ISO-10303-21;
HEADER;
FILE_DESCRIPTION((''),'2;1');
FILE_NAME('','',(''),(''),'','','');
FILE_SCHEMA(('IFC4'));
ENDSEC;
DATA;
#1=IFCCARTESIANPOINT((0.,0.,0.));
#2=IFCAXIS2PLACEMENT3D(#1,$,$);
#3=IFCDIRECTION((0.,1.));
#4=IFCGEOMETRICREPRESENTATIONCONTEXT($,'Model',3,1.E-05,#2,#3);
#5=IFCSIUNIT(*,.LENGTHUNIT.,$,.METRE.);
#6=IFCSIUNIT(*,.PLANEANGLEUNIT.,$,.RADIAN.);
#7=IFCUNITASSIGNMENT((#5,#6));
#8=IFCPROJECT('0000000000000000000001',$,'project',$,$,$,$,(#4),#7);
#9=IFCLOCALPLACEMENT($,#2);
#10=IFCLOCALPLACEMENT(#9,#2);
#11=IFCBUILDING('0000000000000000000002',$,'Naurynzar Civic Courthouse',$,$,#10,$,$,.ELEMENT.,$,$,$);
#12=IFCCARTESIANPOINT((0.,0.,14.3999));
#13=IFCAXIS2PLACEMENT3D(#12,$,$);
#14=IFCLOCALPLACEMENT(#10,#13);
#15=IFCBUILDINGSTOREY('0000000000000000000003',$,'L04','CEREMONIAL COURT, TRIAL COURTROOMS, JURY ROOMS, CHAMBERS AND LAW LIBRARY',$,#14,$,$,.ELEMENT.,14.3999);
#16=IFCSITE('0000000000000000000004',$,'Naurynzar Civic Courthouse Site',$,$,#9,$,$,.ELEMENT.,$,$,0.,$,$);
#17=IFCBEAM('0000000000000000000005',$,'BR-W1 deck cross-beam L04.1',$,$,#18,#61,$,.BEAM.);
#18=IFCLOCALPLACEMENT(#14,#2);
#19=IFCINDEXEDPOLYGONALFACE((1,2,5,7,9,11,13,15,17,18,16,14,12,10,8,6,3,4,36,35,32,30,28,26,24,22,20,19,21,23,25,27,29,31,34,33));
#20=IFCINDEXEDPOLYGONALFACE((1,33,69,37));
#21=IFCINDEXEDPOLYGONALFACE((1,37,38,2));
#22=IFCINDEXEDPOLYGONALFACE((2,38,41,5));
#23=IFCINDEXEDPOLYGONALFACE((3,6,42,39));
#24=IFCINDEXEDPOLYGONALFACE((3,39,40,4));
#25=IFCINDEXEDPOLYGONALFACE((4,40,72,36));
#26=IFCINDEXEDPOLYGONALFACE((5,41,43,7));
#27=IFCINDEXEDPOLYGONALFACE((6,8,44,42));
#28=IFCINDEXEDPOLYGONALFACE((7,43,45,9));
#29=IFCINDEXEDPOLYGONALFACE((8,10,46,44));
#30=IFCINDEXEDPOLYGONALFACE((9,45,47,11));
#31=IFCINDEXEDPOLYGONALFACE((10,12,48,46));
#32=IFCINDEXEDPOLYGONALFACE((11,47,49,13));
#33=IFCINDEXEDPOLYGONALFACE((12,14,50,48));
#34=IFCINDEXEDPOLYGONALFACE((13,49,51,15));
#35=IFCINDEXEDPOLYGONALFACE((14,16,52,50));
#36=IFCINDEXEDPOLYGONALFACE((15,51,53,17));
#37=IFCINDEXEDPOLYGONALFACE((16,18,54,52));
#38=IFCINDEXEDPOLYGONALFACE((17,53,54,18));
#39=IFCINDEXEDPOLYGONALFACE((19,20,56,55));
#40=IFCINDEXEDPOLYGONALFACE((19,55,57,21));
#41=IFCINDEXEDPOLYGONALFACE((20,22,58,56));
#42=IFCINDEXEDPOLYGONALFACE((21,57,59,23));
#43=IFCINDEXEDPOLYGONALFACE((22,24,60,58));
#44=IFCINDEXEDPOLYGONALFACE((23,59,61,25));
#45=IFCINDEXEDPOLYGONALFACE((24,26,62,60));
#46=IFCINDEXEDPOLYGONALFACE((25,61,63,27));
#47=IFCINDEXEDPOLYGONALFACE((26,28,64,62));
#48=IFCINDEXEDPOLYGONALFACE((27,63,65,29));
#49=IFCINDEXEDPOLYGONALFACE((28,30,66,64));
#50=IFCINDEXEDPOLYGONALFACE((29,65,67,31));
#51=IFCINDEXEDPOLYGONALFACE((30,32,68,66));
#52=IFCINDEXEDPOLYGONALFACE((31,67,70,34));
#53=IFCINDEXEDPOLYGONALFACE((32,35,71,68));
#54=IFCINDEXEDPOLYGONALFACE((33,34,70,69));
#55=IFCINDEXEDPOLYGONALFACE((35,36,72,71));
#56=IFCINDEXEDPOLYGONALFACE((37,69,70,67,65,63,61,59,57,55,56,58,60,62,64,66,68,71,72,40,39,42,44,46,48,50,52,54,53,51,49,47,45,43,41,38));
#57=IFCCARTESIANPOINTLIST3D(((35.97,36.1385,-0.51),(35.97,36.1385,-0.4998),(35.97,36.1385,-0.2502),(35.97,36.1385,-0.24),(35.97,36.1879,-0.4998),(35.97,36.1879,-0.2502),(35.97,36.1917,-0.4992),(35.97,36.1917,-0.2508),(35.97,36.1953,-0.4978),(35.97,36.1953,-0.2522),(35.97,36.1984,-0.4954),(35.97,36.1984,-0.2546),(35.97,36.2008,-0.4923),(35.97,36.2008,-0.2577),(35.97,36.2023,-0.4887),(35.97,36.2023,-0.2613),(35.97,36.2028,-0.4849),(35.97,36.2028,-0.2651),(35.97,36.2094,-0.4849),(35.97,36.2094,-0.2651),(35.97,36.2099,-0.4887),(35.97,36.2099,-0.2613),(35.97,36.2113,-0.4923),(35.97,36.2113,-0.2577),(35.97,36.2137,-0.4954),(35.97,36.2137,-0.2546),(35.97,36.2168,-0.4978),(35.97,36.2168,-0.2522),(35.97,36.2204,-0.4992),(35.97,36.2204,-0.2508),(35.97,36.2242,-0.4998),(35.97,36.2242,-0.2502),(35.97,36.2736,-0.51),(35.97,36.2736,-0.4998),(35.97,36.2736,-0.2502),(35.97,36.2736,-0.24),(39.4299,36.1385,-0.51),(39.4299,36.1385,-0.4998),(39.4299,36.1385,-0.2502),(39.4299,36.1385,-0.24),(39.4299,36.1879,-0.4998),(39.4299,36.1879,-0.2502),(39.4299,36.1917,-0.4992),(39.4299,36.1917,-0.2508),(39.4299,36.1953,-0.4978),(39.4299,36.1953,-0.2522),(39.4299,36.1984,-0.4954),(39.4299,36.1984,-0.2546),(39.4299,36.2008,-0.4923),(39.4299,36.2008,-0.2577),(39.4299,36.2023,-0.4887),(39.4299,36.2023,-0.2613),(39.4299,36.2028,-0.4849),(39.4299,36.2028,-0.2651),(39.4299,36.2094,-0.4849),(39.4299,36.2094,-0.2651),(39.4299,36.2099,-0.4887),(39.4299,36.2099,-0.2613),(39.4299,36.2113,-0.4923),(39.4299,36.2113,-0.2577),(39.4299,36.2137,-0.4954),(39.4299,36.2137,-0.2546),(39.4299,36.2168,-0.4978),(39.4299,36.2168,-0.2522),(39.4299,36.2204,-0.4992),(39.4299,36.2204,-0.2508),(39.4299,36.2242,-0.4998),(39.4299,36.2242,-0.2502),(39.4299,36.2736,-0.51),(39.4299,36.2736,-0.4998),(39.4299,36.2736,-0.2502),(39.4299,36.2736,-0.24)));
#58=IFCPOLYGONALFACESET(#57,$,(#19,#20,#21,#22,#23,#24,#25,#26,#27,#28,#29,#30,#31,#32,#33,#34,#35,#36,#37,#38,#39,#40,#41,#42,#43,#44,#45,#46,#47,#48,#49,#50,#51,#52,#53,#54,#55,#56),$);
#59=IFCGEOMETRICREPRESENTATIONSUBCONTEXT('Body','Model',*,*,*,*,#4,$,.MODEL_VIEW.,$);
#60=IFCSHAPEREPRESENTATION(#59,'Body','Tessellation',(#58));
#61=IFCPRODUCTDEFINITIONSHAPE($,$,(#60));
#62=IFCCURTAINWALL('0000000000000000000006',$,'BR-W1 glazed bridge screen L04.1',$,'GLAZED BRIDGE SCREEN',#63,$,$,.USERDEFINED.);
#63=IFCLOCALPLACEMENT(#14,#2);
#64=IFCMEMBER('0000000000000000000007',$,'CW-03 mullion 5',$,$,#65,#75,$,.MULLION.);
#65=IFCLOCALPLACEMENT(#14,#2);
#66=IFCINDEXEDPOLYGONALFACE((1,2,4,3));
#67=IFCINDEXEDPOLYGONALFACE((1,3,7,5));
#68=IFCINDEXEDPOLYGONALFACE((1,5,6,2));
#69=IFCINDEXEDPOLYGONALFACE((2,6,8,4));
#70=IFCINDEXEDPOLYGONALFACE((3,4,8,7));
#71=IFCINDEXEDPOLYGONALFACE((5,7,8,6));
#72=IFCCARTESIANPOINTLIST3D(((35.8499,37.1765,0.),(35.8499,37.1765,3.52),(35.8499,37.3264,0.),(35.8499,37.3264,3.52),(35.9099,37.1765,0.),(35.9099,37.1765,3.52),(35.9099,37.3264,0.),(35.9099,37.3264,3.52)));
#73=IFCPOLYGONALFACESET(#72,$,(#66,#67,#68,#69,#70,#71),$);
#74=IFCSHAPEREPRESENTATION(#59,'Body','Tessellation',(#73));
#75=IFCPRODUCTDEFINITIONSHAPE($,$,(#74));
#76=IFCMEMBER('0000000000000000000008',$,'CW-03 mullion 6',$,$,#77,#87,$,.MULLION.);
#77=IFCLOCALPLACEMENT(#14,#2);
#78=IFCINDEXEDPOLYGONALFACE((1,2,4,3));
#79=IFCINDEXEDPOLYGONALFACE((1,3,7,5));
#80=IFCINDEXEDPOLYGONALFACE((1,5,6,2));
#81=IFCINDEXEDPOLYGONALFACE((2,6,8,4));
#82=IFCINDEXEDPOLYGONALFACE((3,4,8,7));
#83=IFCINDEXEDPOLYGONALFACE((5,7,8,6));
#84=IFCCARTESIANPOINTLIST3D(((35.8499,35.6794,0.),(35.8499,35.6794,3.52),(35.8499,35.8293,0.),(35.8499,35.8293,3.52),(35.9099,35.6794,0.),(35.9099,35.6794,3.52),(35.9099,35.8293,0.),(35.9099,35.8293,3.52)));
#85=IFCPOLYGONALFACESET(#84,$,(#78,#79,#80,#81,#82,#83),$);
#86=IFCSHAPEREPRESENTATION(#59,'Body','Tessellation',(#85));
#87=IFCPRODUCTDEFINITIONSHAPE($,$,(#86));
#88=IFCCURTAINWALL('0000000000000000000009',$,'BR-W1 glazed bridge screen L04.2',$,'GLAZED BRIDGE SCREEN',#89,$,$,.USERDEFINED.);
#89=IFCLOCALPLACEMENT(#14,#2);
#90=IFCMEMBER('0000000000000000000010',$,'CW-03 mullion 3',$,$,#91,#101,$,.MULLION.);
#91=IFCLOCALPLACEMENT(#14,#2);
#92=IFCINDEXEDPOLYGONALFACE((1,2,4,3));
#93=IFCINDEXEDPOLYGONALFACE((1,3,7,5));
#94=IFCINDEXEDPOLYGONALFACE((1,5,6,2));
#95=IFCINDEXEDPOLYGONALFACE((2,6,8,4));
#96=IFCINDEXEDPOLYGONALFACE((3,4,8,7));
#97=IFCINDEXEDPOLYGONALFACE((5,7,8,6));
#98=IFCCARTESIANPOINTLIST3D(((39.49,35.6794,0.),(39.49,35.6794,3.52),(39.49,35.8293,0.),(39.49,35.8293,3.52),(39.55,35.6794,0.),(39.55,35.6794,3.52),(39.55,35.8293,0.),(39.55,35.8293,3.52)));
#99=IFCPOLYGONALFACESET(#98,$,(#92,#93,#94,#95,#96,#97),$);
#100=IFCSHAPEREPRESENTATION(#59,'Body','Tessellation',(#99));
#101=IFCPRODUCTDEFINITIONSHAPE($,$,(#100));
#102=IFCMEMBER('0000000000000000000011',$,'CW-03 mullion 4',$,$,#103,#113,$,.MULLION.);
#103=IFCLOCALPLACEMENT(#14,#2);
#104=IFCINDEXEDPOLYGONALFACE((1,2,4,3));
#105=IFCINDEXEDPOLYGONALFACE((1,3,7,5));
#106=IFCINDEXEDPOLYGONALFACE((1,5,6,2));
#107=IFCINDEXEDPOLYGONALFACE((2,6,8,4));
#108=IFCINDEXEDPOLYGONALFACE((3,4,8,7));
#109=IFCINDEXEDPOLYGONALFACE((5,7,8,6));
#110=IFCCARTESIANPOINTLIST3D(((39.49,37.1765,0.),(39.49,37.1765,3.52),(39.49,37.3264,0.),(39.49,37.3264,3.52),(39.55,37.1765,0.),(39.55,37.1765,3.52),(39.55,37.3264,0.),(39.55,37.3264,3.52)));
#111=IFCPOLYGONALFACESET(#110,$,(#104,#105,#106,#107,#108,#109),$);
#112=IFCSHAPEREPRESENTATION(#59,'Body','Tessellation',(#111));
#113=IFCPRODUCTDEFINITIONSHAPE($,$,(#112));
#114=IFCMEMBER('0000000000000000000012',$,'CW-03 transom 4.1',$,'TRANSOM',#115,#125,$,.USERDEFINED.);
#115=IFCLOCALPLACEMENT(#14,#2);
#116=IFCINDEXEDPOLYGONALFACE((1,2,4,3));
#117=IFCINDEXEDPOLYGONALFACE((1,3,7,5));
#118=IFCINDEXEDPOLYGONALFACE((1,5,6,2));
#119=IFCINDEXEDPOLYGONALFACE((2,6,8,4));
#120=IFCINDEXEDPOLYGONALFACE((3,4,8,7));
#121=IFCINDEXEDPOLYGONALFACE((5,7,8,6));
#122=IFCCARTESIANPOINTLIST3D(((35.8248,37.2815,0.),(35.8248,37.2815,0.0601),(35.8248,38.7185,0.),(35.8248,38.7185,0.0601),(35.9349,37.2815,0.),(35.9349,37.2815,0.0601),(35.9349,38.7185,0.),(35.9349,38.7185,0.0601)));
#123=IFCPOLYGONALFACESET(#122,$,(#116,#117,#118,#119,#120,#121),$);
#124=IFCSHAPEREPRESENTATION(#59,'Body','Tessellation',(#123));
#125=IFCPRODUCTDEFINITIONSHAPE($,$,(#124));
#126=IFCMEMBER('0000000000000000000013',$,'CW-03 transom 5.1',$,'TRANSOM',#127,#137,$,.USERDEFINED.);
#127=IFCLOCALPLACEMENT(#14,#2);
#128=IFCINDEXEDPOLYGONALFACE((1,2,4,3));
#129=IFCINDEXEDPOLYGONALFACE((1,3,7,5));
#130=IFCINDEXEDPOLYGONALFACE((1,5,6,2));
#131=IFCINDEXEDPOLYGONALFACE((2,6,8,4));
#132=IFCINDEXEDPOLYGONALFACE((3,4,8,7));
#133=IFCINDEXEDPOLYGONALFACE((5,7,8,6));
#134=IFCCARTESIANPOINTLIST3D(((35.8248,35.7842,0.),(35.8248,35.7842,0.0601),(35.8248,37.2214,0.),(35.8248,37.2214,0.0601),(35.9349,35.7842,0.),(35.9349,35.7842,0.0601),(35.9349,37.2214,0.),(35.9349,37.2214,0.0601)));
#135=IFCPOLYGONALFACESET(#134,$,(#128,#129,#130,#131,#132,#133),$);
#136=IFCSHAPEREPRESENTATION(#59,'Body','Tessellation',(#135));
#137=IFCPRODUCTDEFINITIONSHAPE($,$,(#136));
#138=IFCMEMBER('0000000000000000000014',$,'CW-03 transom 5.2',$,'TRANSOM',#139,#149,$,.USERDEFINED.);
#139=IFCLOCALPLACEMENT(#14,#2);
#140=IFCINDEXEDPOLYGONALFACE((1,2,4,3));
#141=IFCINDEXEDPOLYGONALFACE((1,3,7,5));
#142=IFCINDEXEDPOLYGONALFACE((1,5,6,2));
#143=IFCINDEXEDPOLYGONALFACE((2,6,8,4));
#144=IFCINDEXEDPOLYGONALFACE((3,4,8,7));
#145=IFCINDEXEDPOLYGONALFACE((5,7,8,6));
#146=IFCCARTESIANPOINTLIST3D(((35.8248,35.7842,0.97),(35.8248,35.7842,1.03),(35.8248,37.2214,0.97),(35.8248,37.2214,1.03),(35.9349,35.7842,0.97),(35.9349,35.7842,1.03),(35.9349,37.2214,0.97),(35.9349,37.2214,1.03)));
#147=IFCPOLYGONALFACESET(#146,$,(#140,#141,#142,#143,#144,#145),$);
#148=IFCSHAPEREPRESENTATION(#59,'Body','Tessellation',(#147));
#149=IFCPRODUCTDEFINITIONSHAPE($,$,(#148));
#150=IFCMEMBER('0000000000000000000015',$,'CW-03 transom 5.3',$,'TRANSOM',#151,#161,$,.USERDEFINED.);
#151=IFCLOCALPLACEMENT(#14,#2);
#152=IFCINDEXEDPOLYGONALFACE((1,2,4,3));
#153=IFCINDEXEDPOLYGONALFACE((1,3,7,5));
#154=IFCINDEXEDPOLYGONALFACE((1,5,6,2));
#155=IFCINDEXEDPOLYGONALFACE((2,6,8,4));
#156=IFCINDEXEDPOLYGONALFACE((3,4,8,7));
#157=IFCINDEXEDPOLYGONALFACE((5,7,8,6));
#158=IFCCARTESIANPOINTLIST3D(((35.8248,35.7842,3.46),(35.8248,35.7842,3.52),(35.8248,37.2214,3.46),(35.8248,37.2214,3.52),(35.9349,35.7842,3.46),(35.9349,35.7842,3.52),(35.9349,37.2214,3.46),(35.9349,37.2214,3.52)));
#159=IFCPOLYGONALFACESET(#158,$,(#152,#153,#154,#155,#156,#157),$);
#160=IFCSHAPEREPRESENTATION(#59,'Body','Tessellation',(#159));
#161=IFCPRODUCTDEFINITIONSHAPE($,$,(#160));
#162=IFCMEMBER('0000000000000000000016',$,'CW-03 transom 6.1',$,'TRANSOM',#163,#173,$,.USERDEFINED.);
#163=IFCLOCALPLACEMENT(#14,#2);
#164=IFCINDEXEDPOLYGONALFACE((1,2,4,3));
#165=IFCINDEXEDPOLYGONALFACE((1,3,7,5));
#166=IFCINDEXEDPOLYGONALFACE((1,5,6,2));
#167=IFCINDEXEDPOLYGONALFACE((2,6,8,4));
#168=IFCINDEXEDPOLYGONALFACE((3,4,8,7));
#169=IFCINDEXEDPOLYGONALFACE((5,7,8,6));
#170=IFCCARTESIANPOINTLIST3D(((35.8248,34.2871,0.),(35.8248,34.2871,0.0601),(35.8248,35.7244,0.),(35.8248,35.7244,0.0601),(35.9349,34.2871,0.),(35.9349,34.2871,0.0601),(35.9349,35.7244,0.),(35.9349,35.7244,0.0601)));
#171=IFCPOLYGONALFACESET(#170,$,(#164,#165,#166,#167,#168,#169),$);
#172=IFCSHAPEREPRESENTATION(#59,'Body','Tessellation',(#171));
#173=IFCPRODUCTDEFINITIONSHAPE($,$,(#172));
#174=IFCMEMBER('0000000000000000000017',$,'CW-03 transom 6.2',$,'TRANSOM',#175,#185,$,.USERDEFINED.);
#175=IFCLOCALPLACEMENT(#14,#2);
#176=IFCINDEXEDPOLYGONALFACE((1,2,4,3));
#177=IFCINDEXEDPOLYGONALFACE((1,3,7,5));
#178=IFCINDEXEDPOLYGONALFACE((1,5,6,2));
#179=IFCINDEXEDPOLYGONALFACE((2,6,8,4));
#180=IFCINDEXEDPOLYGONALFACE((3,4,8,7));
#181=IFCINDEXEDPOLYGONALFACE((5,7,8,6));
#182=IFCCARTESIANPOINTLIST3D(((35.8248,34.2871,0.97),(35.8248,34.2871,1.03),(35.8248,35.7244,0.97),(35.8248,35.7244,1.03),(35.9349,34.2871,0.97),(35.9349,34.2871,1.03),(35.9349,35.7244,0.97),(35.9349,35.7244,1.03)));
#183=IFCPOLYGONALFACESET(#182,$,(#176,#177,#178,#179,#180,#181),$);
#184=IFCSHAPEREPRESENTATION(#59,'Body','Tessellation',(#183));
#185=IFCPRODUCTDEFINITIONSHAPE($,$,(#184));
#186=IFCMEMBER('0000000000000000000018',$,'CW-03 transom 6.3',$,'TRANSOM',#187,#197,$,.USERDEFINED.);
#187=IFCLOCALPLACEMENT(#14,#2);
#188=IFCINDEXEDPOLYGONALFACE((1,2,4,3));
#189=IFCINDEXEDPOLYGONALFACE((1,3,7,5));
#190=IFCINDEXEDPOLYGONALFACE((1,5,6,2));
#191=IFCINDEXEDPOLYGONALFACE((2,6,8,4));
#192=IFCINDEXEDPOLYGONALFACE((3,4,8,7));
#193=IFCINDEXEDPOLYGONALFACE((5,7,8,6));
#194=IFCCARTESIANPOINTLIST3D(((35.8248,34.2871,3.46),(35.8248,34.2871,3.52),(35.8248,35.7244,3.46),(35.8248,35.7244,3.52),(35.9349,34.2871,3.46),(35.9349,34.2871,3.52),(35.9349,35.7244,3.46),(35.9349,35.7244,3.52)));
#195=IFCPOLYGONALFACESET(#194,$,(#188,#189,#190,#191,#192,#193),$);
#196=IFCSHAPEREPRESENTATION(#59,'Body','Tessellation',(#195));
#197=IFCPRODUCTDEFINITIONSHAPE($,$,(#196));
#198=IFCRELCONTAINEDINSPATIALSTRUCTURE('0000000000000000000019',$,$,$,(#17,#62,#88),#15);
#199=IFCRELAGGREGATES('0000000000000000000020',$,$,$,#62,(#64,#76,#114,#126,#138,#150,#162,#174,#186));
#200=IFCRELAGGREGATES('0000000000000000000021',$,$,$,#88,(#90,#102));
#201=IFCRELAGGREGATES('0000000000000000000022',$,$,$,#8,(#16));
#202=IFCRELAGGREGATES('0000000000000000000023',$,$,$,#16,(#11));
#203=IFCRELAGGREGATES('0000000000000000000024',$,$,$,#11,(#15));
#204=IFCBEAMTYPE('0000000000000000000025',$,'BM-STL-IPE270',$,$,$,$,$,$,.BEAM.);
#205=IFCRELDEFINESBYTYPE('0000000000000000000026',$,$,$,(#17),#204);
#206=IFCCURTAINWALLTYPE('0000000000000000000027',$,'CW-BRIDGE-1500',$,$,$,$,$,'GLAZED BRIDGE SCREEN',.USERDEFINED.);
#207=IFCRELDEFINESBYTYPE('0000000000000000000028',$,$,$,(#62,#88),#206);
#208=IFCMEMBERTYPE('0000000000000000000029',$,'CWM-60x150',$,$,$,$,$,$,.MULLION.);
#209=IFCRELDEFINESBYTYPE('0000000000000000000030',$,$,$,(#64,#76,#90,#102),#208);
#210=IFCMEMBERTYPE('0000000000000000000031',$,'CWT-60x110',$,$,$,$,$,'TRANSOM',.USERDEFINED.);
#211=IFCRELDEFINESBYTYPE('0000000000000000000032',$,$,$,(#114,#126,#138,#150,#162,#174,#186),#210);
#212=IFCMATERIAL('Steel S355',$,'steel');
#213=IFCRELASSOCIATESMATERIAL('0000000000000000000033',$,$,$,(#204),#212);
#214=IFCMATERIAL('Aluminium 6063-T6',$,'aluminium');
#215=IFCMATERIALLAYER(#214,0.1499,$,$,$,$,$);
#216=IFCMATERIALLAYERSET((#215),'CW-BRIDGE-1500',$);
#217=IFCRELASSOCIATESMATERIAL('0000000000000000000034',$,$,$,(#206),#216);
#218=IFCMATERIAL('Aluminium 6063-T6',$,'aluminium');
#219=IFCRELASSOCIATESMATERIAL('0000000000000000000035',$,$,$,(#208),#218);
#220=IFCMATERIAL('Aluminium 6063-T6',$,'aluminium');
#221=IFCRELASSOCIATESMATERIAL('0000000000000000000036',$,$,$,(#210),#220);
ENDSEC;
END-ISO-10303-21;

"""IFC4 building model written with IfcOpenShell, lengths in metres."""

from ifc_helpers import new_model, si_unit, direction, frame, origin, origin_2d, place, context, subcontext, project, spatial, rectangle, i_section, extrude, material, layer, layer_set, material_profile, profile_set, type_object, element, aggregate, save


model = new_model("IFC4")

# Units and contexts
model_context = context("Model", 3, precision=1e-05, world=origin(), true_north=direction((0.0, 1.0)))
body_context = subcontext(model_context, "Body", "Model", "MODEL_VIEW")
ifc_project = project(units=[si_unit("LENGTHUNIT", "METRE"), si_unit("PLANEANGLEUNIT", "RADIAN")], contexts=[model_context])

# Site, building, storey
site_placement = place(None, origin())
site = spatial("IfcSite", under=ifc_project, at=site_placement, Name="Naurynzar Civic Courthouse Site", CompositionType="ELEMENT", RefElevation=0.0)
building_placement = place(site_placement, origin())
building = spatial("IfcBuilding", under=site, at=building_placement, Name="Naurynzar Civic Courthouse", CompositionType="ELEMENT")
storey_placement = place(building_placement, frame((0.0, 0.0, 14.3999)))
storey = spatial("IfcBuildingStorey", under=building, at=storey_placement, Name="L04", Description="CEREMONIAL COURT, TRIAL COURTROOMS, JURY ROOMS, CHAMBERS AND LAW LIBRARY", CompositionType="ELEMENT", Elevation=14.3999)

# Beam
ifc_material_1 = material(Name="Steel S355", Category="steel")
ifc_material_profile_1 = material_profile(ifc_material_1, i_section(OverallWidth=0.135, OverallDepth=0.27, WebThickness=0.0066, FlangeThickness=0.0103, FilletRadius=0.0149, at=origin_2d()), Name="IPE 270")
ifc_profile_set_1 = profile_set([ifc_material_profile_1], Name="Steel S355")
beam_type = type_object("IfcBeamType", Name="BM-STL-IPE270", PredefinedType="BEAM", material=ifc_profile_set_1)
beam_placement = place(storey_placement, frame((35.97, 36.2061, -0.375), z_axis=(1.0, 0.0, 0.0), x_axis=(0.0, 1.0, 0.0)))
element("IfcBeam", 1, at=beam_placement, inside=storey, type_object=beam_type, Name="BR-W1 deck cross-beam L04.1", PredefinedType="BEAM", context=body_context, shape_type="SweptSolid", body=[
    extrude(i_section(OverallWidth=0.135, OverallDepth=0.27, WebThickness=0.0066, FlangeThickness=0.0103, FilletRadius=0.0149, at=origin_2d()), origin(), (0.0, 0.0, 1.0), 3.46),
])

# Curtain walls, members
ifc_material_2 = material(Name="Aluminium 6063-T6", Category="aluminium")
ifc_layer_1 = layer(ifc_material_2, 0.1499)
ifc_layer_set_1 = layer_set([ifc_layer_1], Name="CW-BRIDGE-1500")
curtain_wall_type = type_object("IfcCurtainWallType", Name="CW-BRIDGE-1500", ElementType="GLAZED BRIDGE SCREEN", PredefinedType="USERDEFINED", material=ifc_layer_set_1)
curtain_wall_1_placement = place(storey_placement, origin())
curtain_wall_1 = element("IfcCurtainWall", 2, at=curtain_wall_1_placement, inside=storey, type_object=curtain_wall_type, Name="BR-W1 glazed bridge screen L04.1", ObjectType="GLAZED BRIDGE SCREEN", PredefinedType="USERDEFINED")
ifc_material_3 = material(Name="Aluminium 6063-T6", Category="aluminium")
ifc_material_profile_2 = material_profile(ifc_material_3, rectangle(XDim=0.0601, YDim=0.1499, at=origin_2d()), Name="ALU MULLION 60x150")
ifc_profile_set_2 = profile_set([ifc_material_profile_2], Name="Aluminium 6063-T6")
member_type_1 = type_object("IfcMemberType", Name="CWM-60x150", PredefinedType="MULLION", material=ifc_profile_set_2)
member_1_placement = place(storey_placement, frame((35.8799, 37.2515, 0.0), z_axis=(0.0, 0.0, 1.0), x_axis=(1.0, 0.0, 0.0)))
member_1 = element("IfcMember", 3, at=member_1_placement, type_object=member_type_1, Name="CW-03 mullion 5", PredefinedType="MULLION", context=body_context, shape_type="SweptSolid", body=[
    extrude(rectangle(XDim=0.0601, YDim=0.1499, at=origin_2d()), origin(), (0.0, 0.0, 1.0), 3.52),
])
member_2_placement = place(storey_placement, frame((35.8799, 35.7544, 0.0), z_axis=(0.0, 0.0, 1.0), x_axis=(1.0, 0.0, 0.0)))
member_2 = element("IfcMember", 4, at=member_2_placement, type_object=member_type_1, Name="CW-03 mullion 6", PredefinedType="MULLION", context=body_context, shape_type="SweptSolid", body=[
    extrude(rectangle(XDim=0.0601, YDim=0.1499, at=origin_2d()), origin(), (0.0, 0.0, 1.0), 3.52),
])
curtain_wall_2_placement = place(storey_placement, origin())
curtain_wall_2 = element("IfcCurtainWall", 5, at=curtain_wall_2_placement, inside=storey, type_object=curtain_wall_type, Name="BR-W1 glazed bridge screen L04.2", ObjectType="GLAZED BRIDGE SCREEN", PredefinedType="USERDEFINED")
member_3_placement = place(storey_placement, frame((39.52, 35.7544, 0.0), z_axis=(0.0, 0.0, 1.0), x_axis=(-1.0, 0.0, 0.0)))
member_3 = element("IfcMember", 6, at=member_3_placement, type_object=member_type_1, Name="CW-03 mullion 3", PredefinedType="MULLION", context=body_context, shape_type="SweptSolid", body=[
    extrude(rectangle(XDim=0.0601, YDim=0.1499, at=origin_2d()), origin(), (0.0, 0.0, 1.0), 3.52),
])
member_4_placement = place(storey_placement, frame((39.52, 37.2515, 0.0), z_axis=(0.0, 0.0, 1.0), x_axis=(-1.0, 0.0, 0.0)))
member_4 = element("IfcMember", 7, at=member_4_placement, type_object=member_type_1, Name="CW-03 mullion 4", PredefinedType="MULLION", context=body_context, shape_type="SweptSolid", body=[
    extrude(rectangle(XDim=0.0601, YDim=0.1499, at=origin_2d()), origin(), (0.0, 0.0, 1.0), 3.52),
])

# Members
ifc_material_4 = material(Name="Aluminium 6063-T6", Category="aluminium")
ifc_material_profile_3 = material_profile(ifc_material_4, rectangle(XDim=0.1101, YDim=0.0601, at=origin_2d()), Name="ALU TRANSOM 60x110")
ifc_profile_set_3 = profile_set([ifc_material_profile_3], Name="Aluminium 6063-T6")
member_type_2 = type_object("IfcMemberType", Name="CWT-60x110", ElementType="TRANSOM", PredefinedType="USERDEFINED", material=ifc_profile_set_3)
member_5_placement = place(storey_placement, frame((35.8799, 38.7185, 0.03), z_axis=(0.0, -1.0, 0.0), x_axis=(1.0, 0.0, 0.0)))
member_5 = element("IfcMember", 8, at=member_5_placement, type_object=member_type_2, Name="CW-03 transom 4.1", ObjectType="TRANSOM", PredefinedType="USERDEFINED", context=body_context, shape_type="SweptSolid", body=[
    extrude(rectangle(XDim=0.1101, YDim=0.0601, at=origin_2d()), origin(), (0.0, 0.0, 1.0), 1.437),
])
member_6_placement = place(storey_placement, frame((35.8799, 37.2214, 0.03), z_axis=(0.0, -1.0, 0.0), x_axis=(1.0, 0.0, 0.0)))
member_6 = element("IfcMember", 9, at=member_6_placement, type_object=member_type_2, Name="CW-03 transom 5.1", ObjectType="TRANSOM", PredefinedType="USERDEFINED", context=body_context, shape_type="SweptSolid", body=[
    extrude(rectangle(XDim=0.1101, YDim=0.0601, at=origin_2d()), origin(), (0.0, 0.0, 1.0), 1.4373),
])
member_7_placement = place(storey_placement, frame((35.8799, 37.2214, 1.0), z_axis=(0.0, -1.0, 0.0), x_axis=(1.0, 0.0, 0.0)))
member_7 = element("IfcMember", 10, at=member_7_placement, type_object=member_type_2, Name="CW-03 transom 5.2", ObjectType="TRANSOM", PredefinedType="USERDEFINED", context=body_context, shape_type="SweptSolid", body=[
    extrude(rectangle(XDim=0.1101, YDim=0.0601, at=origin_2d()), origin(), (0.0, 0.0, 1.0), 1.4373),
])
member_8_placement = place(storey_placement, frame((35.8799, 37.2214, 3.49), z_axis=(0.0, -1.0, 0.0), x_axis=(1.0, 0.0, 0.0)))
member_8 = element("IfcMember", 11, at=member_8_placement, type_object=member_type_2, Name="CW-03 transom 5.3", ObjectType="TRANSOM", PredefinedType="USERDEFINED", context=body_context, shape_type="SweptSolid", body=[
    extrude(rectangle(XDim=0.1101, YDim=0.0601, at=origin_2d()), origin(), (0.0, 0.0, 1.0), 1.4373),
])
member_9_placement = place(storey_placement, frame((35.8799, 35.7244, 0.03), z_axis=(0.0, -1.0, 0.0), x_axis=(1.0, 0.0, 0.0)))
member_9 = element("IfcMember", 12, at=member_9_placement, type_object=member_type_2, Name="CW-03 transom 6.1", ObjectType="TRANSOM", PredefinedType="USERDEFINED", context=body_context, shape_type="SweptSolid", body=[
    extrude(rectangle(XDim=0.1101, YDim=0.0601, at=origin_2d()), origin(), (0.0, 0.0, 1.0), 1.4373),
])
member_10_placement = place(storey_placement, frame((35.8799, 35.7244, 1.0), z_axis=(0.0, -1.0, 0.0), x_axis=(1.0, 0.0, 0.0)))
member_10 = element("IfcMember", 13, at=member_10_placement, type_object=member_type_2, Name="CW-03 transom 6.2", ObjectType="TRANSOM", PredefinedType="USERDEFINED", context=body_context, shape_type="SweptSolid", body=[
    extrude(rectangle(XDim=0.1101, YDim=0.0601, at=origin_2d()), origin(), (0.0, 0.0, 1.0), 1.4373),
])
member_11_placement = place(storey_placement, frame((35.8799, 35.7244, 3.49), z_axis=(0.0, -1.0, 0.0), x_axis=(1.0, 0.0, 0.0)))
member_11 = element("IfcMember", 14, at=member_11_placement, type_object=member_type_2, Name="CW-03 transom 6.3", ObjectType="TRANSOM", PredefinedType="USERDEFINED", context=body_context, shape_type="SweptSolid", body=[
    extrude(rectangle(XDim=0.1101, YDim=0.0601, at=origin_2d()), origin(), (0.0, 0.0, 1.0), 1.4373),
])

aggregate(curtain_wall_1, [member_1, member_2, member_5, member_6, member_7, member_8, member_9, member_10, member_11])
aggregate(curtain_wall_2, [member_3, member_4])

save(model, "model.ifc")
